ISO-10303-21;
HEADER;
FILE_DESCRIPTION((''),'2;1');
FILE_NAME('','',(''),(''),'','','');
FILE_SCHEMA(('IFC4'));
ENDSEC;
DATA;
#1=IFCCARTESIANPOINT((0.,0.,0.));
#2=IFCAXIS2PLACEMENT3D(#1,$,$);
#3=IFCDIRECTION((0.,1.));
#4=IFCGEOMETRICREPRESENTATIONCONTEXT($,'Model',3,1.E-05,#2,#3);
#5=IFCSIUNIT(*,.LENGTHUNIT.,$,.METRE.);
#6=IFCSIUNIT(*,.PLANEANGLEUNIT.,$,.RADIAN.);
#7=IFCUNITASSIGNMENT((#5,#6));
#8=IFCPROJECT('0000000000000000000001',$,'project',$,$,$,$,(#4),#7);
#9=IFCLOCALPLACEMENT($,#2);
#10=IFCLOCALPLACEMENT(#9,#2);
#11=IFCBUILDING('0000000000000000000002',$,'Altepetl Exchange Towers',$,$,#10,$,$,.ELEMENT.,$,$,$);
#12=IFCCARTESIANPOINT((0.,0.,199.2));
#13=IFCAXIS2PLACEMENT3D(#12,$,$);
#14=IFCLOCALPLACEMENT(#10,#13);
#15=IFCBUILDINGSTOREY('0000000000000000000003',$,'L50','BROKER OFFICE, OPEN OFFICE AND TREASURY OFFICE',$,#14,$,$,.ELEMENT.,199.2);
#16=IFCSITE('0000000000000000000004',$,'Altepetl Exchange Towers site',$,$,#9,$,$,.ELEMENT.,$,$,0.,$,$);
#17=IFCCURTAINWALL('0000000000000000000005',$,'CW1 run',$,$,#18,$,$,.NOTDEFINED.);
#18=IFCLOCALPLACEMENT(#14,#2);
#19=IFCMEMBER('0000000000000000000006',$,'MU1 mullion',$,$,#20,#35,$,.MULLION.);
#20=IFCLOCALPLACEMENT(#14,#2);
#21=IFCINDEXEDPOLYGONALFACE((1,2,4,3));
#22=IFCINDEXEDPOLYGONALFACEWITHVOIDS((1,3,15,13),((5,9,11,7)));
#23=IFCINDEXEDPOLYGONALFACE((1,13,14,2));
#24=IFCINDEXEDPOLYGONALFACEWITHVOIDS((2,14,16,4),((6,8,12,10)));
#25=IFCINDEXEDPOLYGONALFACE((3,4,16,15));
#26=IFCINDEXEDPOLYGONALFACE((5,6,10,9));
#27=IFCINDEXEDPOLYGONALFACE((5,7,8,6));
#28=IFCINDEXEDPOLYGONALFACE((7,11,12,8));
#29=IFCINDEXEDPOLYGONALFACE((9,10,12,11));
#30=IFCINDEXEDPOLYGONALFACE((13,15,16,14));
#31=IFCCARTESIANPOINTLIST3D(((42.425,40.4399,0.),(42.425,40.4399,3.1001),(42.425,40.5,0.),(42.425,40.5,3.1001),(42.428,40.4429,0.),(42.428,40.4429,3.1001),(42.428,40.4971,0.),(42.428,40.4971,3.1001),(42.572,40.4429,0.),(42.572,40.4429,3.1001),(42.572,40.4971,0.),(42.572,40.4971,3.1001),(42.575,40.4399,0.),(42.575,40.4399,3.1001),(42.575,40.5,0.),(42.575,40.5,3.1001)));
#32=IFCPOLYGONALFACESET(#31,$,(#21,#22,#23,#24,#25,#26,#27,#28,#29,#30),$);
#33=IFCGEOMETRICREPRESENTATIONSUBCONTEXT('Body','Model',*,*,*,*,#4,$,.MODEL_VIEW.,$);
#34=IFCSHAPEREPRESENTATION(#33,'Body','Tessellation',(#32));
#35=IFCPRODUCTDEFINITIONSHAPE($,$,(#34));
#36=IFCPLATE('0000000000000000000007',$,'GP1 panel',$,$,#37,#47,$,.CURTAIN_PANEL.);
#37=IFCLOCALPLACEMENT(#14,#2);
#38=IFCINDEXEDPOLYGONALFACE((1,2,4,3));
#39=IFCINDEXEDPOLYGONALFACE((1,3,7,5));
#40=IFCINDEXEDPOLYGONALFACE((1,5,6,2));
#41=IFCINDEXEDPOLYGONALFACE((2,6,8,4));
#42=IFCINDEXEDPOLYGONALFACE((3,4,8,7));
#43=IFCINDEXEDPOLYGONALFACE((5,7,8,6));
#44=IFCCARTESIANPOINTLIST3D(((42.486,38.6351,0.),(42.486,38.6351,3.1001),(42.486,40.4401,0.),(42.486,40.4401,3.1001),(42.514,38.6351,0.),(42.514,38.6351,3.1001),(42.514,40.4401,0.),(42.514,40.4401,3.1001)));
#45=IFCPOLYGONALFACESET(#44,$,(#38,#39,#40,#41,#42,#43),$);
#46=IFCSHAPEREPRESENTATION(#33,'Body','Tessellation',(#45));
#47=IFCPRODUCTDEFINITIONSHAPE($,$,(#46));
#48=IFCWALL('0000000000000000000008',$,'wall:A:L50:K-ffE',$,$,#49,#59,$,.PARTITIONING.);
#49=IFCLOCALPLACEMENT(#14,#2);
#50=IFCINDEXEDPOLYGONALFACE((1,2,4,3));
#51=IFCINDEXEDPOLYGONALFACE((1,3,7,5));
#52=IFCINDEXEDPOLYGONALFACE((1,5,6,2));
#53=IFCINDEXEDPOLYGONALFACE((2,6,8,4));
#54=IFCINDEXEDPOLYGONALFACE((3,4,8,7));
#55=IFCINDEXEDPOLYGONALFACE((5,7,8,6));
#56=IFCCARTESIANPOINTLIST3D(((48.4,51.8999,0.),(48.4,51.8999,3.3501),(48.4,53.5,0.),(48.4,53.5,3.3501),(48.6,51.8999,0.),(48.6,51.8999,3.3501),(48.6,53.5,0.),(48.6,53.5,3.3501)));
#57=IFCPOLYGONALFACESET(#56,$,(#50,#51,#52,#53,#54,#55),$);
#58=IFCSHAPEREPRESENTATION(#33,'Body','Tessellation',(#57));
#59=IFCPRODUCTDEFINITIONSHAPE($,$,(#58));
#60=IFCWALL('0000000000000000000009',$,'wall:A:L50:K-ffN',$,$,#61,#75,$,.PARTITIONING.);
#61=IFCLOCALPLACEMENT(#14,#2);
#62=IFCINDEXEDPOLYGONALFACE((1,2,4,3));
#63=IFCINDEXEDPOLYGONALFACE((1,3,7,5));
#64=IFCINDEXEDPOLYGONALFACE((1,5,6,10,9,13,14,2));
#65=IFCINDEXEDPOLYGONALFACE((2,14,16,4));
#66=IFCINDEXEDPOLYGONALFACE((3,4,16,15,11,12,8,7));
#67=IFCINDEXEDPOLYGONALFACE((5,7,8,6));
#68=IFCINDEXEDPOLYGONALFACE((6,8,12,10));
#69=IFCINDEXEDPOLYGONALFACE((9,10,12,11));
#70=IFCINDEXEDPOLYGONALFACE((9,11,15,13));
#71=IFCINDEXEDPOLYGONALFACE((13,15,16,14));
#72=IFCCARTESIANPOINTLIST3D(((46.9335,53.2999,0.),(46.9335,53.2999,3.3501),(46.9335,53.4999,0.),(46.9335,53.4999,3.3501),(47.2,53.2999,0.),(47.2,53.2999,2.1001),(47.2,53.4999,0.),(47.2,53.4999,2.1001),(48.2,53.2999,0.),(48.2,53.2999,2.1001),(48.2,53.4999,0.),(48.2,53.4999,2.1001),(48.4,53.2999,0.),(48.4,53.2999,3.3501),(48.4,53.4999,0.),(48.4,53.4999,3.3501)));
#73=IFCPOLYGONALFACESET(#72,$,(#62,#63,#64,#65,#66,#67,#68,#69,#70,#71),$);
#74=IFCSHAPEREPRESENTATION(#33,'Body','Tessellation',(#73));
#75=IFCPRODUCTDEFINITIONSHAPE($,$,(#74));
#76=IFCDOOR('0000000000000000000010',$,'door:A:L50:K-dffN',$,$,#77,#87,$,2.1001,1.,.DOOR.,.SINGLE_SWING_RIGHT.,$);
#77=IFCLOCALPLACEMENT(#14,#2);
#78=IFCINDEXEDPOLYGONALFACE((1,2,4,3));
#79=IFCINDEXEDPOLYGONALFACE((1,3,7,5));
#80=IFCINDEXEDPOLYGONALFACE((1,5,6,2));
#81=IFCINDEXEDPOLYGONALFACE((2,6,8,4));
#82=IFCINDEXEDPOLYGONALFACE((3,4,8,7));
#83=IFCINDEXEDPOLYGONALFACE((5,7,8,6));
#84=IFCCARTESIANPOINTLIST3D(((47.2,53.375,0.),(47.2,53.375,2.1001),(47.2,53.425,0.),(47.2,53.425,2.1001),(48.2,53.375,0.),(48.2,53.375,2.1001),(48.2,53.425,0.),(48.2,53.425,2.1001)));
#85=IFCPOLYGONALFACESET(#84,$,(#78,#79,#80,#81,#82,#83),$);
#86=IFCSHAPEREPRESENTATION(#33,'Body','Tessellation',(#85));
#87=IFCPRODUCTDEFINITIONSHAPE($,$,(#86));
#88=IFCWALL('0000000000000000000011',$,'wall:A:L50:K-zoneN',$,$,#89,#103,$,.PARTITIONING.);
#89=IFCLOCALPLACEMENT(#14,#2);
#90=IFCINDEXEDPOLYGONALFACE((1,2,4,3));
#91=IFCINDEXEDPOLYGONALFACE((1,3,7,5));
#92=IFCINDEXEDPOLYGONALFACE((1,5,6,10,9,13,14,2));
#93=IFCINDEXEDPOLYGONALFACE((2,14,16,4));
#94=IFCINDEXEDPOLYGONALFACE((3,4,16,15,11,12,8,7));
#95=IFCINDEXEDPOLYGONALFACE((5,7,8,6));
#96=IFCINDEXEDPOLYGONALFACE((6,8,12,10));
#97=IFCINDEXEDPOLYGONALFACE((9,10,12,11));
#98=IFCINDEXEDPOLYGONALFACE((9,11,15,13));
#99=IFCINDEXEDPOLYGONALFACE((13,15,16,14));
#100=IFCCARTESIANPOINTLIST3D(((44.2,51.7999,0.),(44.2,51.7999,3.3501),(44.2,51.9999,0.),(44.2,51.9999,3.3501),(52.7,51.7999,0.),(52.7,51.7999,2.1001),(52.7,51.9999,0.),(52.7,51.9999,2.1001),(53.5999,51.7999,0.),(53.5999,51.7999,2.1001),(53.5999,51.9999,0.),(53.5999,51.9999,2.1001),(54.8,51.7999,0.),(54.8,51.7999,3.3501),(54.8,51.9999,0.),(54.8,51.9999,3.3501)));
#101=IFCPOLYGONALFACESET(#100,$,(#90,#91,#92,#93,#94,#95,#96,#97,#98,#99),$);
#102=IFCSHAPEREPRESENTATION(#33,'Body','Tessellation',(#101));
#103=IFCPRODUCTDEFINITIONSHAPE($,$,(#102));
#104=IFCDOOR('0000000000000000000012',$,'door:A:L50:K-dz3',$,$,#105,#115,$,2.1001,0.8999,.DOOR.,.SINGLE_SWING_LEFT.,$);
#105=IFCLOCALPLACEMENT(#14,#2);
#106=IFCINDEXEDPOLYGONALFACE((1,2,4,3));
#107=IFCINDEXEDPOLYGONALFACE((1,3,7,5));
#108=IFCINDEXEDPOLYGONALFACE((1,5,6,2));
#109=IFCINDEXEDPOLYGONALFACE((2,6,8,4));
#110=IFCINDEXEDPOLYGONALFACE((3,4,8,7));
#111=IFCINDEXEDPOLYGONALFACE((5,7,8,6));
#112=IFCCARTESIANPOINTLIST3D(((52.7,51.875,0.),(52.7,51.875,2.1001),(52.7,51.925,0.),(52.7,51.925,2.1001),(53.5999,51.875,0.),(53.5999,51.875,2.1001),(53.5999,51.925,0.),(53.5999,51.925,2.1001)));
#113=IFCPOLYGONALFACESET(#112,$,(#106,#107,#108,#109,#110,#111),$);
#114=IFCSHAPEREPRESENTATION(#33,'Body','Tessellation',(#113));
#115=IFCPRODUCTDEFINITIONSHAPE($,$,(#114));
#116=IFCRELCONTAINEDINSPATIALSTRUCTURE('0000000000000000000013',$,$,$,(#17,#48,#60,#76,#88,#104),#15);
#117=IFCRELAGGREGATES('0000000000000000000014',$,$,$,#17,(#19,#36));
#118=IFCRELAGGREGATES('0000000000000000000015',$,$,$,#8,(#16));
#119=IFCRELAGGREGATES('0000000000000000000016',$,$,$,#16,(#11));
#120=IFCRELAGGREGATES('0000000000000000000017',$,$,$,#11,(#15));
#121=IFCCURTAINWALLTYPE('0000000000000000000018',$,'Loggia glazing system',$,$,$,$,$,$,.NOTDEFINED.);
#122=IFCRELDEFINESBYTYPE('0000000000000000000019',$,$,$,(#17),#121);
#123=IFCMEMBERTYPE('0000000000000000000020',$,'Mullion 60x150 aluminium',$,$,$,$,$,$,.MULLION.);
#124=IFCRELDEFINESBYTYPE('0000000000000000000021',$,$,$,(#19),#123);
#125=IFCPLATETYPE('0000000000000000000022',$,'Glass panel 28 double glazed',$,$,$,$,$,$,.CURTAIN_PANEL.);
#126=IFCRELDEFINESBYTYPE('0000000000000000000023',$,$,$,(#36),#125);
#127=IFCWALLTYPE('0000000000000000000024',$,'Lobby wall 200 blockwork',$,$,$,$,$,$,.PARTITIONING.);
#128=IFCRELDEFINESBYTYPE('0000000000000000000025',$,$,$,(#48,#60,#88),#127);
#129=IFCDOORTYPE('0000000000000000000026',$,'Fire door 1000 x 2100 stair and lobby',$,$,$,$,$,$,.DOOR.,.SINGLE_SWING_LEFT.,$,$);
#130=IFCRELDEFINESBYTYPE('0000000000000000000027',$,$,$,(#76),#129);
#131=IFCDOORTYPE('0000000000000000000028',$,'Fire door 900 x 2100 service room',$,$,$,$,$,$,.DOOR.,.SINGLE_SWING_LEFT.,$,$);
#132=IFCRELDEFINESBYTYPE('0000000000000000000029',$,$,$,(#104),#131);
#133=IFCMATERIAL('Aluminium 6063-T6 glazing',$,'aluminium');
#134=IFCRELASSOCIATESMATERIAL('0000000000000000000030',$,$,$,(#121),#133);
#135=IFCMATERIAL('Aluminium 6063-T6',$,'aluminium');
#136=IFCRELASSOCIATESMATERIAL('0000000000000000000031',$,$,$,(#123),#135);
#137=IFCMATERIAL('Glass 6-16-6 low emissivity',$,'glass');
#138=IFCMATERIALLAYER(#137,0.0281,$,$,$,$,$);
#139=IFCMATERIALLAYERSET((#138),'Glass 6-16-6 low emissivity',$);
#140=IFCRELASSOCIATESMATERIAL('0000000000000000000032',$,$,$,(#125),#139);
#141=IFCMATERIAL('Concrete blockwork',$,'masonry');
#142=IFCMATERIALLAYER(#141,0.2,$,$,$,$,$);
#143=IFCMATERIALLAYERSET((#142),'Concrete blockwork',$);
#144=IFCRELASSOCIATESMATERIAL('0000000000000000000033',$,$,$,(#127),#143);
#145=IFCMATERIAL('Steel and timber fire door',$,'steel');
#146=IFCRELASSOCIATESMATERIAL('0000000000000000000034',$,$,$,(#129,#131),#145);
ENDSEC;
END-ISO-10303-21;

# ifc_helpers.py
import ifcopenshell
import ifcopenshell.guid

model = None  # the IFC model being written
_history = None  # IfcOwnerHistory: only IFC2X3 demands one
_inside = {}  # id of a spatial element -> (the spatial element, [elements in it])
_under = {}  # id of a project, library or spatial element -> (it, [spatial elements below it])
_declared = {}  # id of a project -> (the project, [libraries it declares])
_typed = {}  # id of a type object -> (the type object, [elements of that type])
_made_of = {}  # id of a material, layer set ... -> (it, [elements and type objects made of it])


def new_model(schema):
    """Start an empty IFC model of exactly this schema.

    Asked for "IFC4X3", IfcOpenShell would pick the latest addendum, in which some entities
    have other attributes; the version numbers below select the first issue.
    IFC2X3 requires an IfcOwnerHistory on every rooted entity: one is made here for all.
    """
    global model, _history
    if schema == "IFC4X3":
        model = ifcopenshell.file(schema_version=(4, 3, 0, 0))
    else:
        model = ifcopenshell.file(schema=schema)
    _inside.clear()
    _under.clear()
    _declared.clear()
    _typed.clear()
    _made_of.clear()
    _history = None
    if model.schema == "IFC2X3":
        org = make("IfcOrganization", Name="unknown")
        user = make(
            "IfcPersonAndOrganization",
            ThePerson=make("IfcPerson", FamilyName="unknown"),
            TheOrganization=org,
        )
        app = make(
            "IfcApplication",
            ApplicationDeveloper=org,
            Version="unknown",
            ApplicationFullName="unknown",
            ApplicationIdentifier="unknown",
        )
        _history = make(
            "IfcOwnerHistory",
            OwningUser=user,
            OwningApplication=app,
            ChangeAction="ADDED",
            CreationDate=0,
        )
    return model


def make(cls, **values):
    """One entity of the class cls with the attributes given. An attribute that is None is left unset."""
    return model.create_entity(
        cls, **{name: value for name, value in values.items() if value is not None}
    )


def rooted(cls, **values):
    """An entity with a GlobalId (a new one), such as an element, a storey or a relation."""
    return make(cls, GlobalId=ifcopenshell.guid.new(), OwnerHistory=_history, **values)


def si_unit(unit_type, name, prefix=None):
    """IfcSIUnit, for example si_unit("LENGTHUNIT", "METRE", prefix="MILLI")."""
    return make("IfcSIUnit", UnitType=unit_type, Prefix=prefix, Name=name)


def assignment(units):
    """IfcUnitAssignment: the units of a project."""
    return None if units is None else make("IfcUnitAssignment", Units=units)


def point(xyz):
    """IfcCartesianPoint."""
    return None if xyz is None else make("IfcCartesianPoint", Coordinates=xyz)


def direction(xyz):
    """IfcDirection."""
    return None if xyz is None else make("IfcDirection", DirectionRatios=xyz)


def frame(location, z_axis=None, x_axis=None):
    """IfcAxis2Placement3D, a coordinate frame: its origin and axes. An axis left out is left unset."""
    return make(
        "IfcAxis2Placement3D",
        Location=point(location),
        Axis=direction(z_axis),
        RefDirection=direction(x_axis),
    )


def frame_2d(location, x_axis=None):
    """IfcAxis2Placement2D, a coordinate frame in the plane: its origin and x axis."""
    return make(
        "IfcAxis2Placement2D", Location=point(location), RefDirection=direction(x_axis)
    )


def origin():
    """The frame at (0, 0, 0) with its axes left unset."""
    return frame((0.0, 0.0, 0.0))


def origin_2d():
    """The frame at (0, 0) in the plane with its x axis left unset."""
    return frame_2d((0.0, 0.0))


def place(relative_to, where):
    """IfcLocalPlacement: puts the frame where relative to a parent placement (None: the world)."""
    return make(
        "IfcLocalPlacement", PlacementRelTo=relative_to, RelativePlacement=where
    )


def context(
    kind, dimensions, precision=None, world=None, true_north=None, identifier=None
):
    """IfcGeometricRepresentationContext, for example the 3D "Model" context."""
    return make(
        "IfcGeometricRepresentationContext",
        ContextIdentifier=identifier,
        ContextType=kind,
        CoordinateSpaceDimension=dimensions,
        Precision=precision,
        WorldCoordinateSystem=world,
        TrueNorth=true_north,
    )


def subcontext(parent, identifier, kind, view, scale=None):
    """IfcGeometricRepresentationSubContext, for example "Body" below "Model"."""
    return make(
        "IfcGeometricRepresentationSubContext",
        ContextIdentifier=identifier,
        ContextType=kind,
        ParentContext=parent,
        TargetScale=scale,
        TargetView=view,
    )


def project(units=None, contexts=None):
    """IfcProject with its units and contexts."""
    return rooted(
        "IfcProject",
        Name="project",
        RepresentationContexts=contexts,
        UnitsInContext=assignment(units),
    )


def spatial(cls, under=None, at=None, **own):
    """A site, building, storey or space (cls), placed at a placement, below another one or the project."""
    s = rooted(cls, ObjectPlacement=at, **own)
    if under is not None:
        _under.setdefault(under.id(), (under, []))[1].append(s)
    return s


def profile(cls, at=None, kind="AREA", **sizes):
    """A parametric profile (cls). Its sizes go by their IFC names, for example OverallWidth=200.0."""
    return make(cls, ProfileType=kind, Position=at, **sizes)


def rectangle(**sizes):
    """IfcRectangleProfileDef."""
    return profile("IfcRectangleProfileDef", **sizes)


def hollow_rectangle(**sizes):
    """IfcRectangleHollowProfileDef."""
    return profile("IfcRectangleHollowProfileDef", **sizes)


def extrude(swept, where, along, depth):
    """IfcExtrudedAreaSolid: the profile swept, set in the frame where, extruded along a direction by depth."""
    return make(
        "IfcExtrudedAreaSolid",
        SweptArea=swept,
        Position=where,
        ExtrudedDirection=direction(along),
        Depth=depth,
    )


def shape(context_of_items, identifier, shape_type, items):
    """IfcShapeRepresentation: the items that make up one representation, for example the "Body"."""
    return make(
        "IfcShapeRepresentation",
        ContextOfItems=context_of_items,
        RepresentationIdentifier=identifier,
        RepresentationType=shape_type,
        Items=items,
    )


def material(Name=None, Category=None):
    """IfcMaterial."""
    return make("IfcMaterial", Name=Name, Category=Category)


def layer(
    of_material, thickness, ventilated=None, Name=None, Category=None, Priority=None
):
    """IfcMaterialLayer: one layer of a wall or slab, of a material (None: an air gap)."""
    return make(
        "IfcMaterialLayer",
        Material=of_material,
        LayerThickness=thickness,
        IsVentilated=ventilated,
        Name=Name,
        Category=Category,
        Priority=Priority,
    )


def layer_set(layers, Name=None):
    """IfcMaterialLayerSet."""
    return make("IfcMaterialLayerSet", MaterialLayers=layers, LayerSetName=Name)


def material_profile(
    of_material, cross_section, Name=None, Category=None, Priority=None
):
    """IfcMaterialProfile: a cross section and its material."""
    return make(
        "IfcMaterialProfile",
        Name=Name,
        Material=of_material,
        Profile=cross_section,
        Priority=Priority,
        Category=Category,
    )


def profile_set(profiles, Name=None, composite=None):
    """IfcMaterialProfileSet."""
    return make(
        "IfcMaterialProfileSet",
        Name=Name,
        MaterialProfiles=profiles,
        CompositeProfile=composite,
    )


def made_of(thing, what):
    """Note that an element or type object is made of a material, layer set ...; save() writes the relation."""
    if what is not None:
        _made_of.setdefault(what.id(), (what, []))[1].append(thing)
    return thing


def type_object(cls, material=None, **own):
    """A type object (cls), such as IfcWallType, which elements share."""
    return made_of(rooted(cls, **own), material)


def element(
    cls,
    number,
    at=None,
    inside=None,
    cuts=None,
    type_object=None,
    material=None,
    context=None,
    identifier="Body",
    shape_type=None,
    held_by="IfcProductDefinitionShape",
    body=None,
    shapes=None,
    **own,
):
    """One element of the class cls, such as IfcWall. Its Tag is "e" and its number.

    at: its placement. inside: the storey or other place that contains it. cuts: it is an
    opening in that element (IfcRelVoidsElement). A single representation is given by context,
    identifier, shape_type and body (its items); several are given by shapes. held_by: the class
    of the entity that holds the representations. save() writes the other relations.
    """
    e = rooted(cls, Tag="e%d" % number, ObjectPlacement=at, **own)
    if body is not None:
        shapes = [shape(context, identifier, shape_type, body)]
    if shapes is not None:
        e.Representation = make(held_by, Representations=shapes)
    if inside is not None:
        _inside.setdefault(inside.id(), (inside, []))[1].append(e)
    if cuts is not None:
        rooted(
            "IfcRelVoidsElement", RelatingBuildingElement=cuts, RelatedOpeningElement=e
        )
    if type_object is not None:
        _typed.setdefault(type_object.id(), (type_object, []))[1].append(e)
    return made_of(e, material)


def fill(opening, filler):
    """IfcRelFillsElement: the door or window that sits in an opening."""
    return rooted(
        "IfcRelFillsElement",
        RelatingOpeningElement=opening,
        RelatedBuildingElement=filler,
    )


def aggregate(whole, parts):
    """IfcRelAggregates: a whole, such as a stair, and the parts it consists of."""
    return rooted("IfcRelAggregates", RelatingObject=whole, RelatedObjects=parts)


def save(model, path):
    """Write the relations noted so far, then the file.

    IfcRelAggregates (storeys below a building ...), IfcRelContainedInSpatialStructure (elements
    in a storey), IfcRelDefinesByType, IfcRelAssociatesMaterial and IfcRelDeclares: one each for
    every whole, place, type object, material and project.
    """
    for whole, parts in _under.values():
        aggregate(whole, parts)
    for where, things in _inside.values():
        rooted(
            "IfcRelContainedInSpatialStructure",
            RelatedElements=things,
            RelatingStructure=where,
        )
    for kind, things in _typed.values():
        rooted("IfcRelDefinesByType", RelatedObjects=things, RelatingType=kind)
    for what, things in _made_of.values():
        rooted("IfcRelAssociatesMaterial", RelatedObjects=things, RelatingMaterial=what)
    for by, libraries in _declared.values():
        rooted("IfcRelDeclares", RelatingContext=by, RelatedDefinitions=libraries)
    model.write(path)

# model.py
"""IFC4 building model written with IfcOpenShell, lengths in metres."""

from ifc_helpers import new_model, si_unit, direction, frame, frame_2d, origin, origin_2d, place, context, subcontext, project, spatial, rectangle, hollow_rectangle, extrude, material, layer, layer_set, material_profile, profile_set, type_object, element, fill, aggregate, save


model = new_model("IFC4")

# Units and contexts
model_context = context("Model", 3, precision=1e-05, world=origin(), true_north=direction((0.0, 1.0)))
body_context = subcontext(model_context, "Body", "Model", "MODEL_VIEW")
ifc_project = project(units=[si_unit("LENGTHUNIT", "METRE"), si_unit("PLANEANGLEUNIT", "RADIAN")], contexts=[model_context])

# Site, building, storey
site_placement = place(None, origin())
site = spatial("IfcSite", under=ifc_project, at=site_placement, Name="Altepetl Exchange Towers site", CompositionType="ELEMENT", RefElevation=0.0)
building_placement = place(site_placement, origin())
building = spatial("IfcBuilding", under=site, at=building_placement, Name="Altepetl Exchange Towers", CompositionType="ELEMENT")
storey_placement = place(building_placement, frame((0.0, 0.0, 199.2)))
storey = spatial("IfcBuildingStorey", under=building, at=storey_placement, Name="L50", Description="BROKER OFFICE, OPEN OFFICE AND TREASURY OFFICE", CompositionType="ELEMENT", Elevation=199.2)

# Curtain wall, member, plate
ifc_material_1 = material(Name="Aluminium 6063-T6 glazing", Category="aluminium")
curtain_wall_type = type_object("IfcCurtainWallType", Name="Loggia glazing system", PredefinedType="NOTDEFINED", material=ifc_material_1)
curtain_wall_placement = place(storey_placement, origin())
curtain_wall = element("IfcCurtainWall", 1, at=curtain_wall_placement, inside=storey, type_object=curtain_wall_type, Name="CW1 run", PredefinedType="NOTDEFINED")
ifc_material_2 = material(Name="Aluminium 6063-T6", Category="aluminium")
ifc_material_profile = material_profile(ifc_material_2, hollow_rectangle(XDim=0.0601, YDim=0.1499, WallThickness=0.0029, at=origin_2d()), Name="Mullion 60x150 aluminium")
ifc_profile_set = profile_set([ifc_material_profile], Name="Aluminium 6063-T6")
member_type = type_object("IfcMemberType", Name="Mullion 60x150 aluminium", PredefinedType="MULLION", material=ifc_profile_set)
member_placement = place(storey_placement, frame((42.5, 40.47, 0.0), z_axis=(0.0, 0.0, 1.0), x_axis=(0.0, -1.0, 0.0)))
member = element("IfcMember", 2, at=member_placement, type_object=member_type, Name="MU1 mullion", PredefinedType="MULLION", context=body_context, shape_type="SweptSolid", body=[
    extrude(hollow_rectangle(XDim=0.0601, YDim=0.1499, WallThickness=0.0029, at=origin_2d()), origin(), (0.0, 0.0, 1.0), 3.1001),
])
ifc_material_3 = material(Name="Glass 6-16-6 low emissivity", Category="glass")
ifc_layer_1 = layer(ifc_material_3, 0.0281)
ifc_layer_set_1 = layer_set([ifc_layer_1], Name="Glass 6-16-6 low emissivity")
plate_type = type_object("IfcPlateType", Name="Glass panel 28 double glazed", PredefinedType="CURTAIN_PANEL", material=ifc_layer_set_1)
plate_placement = place(storey_placement, frame((42.5, 39.5376, 0.0), z_axis=(0.0, 0.0, 1.0), x_axis=(0.0, -1.0, 0.0)))
plate = element("IfcPlate", 3, at=plate_placement, type_object=plate_type, Name="GP1 panel", PredefinedType="CURTAIN_PANEL", context=body_context, shape_type="SweptSolid", body=[
    extrude(rectangle(XDim=1.8049, YDim=0.0281, at=origin_2d()), origin(), (0.0, 0.0, 1.0), 3.1001),
])
aggregate(curtain_wall, [member, plate])

# Wall
ifc_material_4 = material(Name="Concrete blockwork", Category="masonry")
ifc_layer_2 = layer(ifc_material_4, 0.2)
ifc_layer_set_2 = layer_set([ifc_layer_2], Name="Concrete blockwork")
wall_type_1 = type_object("IfcWallType", Name="Lobby wall 200 blockwork", PredefinedType="PARTITIONING", material=ifc_layer_set_2)
wall_1_placement = place(storey_placement, frame((48.5, 51.8999, 0.0), z_axis=(0.0, 0.0, 1.0), x_axis=(0.0, 1.0, 0.0)))
element("IfcWall", 4, at=wall_1_placement, inside=storey, type_object=wall_type_1, Name="wall:A:L50:K-ffE", PredefinedType="PARTITIONING", context=body_context, shape_type="SweptSolid", body=[
    extrude(rectangle(XDim=1.6001, YDim=0.2, at=frame_2d((0.8, 0.0))), origin(), (0.0, 0.0, 1.0), 3.3501),
])

# Walls, openings, doors
wall_2_placement = place(storey_placement, frame((46.9333, 53.3999, 0.0)))
wall_2 = element("IfcWall", 5, at=wall_2_placement, inside=storey, type_object=wall_type_1, Name="wall:A:L50:K-ffN", PredefinedType="PARTITIONING", context=body_context, shape_type="SweptSolid", body=[
    extrude(rectangle(XDim=1.4666, YDim=0.2, at=frame_2d((0.7334, 0.0))), origin(), (0.0, 0.0, 1.0), 3.3501),
])
opening_1_placement = place(wall_2_placement, frame((0.2666, 0.0, 0.0)))
opening_1 = element("IfcOpeningElement", 6, at=opening_1_placement, cuts=wall_2, PredefinedType="OPENING", context=body_context, shape_type="SweptSolid", body=[
    extrude(rectangle(XDim=1.0, YDim=2.1001, at=frame_2d((0.5, 1.05))), frame((0.0, 0.1099, 0.0), z_axis=(0.0, -1.0, 0.0), x_axis=(1.0, 0.0, 0.0)), (0.0, 0.0, 1.0), 0.22),
])
ifc_material_5 = material(Name="Steel and timber fire door", Category="steel")
door_type_1 = type_object("IfcDoorType", Name="Fire door 1000 x 2100 stair and lobby", OperationType="SINGLE_SWING_LEFT", PredefinedType="DOOR", material=ifc_material_5)
door_1_placement = place(opening_1_placement, frame((1.0, 0.0, 0.0), x_axis=(-1.0, 0.0, 0.0)))
door_1 = element("IfcDoor", 7, at=door_1_placement, inside=storey, type_object=door_type_1, Name="door:A:L50:K-dffN", OperationType="SINGLE_SWING_RIGHT", OverallHeight=2.1001, OverallWidth=1.0, PredefinedType="DOOR", context=body_context, shape_type="SweptSolid", body=[
    extrude(rectangle(XDim=1.0, YDim=2.1001, at=frame_2d((0.5, 1.05))), frame((0.0, 0.0249, 0.0), z_axis=(0.0, -1.0, 0.0), x_axis=(1.0, 0.0, 0.0)), (0.0, 0.0, 1.0), 0.05),
])
fill(opening_1, door_1)
wall_3_placement = place(storey_placement, frame((44.2, 51.8999, 0.0)))
wall_3 = element("IfcWall", 8, at=wall_3_placement, inside=storey, type_object=wall_type_1, Name="wall:A:L50:K-zoneN", PredefinedType="PARTITIONING", context=body_context, shape_type="SweptSolid", body=[
    extrude(rectangle(XDim=10.6001, YDim=0.2, at=frame_2d((5.3, 0.0))), origin(), (0.0, 0.0, 1.0), 3.3501),
])
opening_2_placement = place(wall_3_placement, frame((8.5, 0.0, 0.0)))
opening_2 = element("IfcOpeningElement", 9, at=opening_2_placement, cuts=wall_3, PredefinedType="OPENING", context=body_context, shape_type="SweptSolid", body=[
    extrude(rectangle(XDim=0.8999, YDim=2.1001, at=frame_2d((0.45, 1.05))), frame((0.0, 0.1099, 0.0), z_axis=(0.0, -1.0, 0.0), x_axis=(1.0, 0.0, 0.0)), (0.0, 0.0, 1.0), 0.22),
])
door_type_2 = type_object("IfcDoorType", Name="Fire door 900 x 2100 service room", OperationType="SINGLE_SWING_LEFT", PredefinedType="DOOR", material=ifc_material_5)
door_2_placement = place(opening_2_placement, frame((0.8999, 0.0, 0.0), x_axis=(-1.0, 0.0, 0.0)))
door_2 = element("IfcDoor", 10, at=door_2_placement, inside=storey, type_object=door_type_2, Name="door:A:L50:K-dz3", OperationType="SINGLE_SWING_LEFT", OverallHeight=2.1001, OverallWidth=0.8999, PredefinedType="DOOR", context=body_context, shape_type="SweptSolid", body=[
    extrude(rectangle(XDim=0.8999, YDim=2.1001, at=frame_2d((0.45, 1.05))), frame((0.0, 0.0249, 0.0), z_axis=(0.0, -1.0, 0.0), x_axis=(1.0, 0.0, 0.0)), (0.0, 0.0, 1.0), 0.05),
])
fill(opening_2, door_2)

save(model, "model.ifc")
